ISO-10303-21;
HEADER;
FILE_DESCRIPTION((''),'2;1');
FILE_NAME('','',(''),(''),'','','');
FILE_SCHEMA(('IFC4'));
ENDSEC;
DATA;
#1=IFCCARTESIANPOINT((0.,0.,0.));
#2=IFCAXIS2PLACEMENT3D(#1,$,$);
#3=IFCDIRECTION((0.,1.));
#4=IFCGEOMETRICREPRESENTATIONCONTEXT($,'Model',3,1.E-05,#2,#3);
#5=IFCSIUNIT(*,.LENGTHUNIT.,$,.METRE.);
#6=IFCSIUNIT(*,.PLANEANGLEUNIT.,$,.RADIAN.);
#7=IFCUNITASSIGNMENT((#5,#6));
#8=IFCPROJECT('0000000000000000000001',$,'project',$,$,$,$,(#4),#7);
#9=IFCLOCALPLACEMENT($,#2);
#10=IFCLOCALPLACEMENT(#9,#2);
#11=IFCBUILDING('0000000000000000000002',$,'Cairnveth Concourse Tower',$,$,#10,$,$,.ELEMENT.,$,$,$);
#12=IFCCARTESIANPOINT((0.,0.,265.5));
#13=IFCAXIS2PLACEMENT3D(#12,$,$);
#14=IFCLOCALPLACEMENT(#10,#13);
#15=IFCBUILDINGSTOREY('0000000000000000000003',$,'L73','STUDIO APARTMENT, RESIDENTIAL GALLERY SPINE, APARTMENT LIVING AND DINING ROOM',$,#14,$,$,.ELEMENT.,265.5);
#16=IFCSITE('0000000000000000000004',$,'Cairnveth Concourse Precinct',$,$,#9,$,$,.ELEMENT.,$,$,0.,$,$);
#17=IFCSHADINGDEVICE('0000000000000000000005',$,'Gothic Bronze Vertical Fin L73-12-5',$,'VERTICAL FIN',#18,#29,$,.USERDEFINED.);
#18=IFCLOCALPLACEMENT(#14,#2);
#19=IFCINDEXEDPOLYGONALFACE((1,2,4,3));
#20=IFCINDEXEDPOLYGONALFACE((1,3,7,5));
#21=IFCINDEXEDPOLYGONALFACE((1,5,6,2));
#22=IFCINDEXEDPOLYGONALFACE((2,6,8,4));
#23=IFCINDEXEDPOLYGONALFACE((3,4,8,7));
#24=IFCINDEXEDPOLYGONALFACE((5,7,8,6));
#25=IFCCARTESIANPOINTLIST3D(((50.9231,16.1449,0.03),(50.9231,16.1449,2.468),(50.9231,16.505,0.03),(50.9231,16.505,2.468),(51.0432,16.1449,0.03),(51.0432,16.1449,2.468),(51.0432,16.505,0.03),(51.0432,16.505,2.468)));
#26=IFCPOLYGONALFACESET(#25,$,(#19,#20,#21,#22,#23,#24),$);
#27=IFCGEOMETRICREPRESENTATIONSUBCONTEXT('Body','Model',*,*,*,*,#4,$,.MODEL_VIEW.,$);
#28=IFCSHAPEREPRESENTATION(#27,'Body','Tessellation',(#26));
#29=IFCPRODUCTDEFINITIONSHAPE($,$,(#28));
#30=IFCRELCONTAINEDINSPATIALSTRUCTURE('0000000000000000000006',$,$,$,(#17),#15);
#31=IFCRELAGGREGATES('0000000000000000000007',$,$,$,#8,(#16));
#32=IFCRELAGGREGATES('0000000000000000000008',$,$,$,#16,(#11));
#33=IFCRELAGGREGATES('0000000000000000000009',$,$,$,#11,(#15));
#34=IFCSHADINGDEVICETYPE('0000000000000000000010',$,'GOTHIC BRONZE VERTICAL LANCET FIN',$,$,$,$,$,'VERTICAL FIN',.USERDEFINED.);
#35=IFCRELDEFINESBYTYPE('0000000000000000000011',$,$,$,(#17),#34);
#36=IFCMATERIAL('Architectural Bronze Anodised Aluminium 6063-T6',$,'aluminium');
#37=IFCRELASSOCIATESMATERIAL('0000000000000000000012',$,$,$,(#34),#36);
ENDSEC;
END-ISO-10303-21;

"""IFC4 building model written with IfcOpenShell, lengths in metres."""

from ifc_helpers import new_model, si_unit, direction, frame, origin, origin_2d, place, context, subcontext, project, spatial, rectangle, extrude, material, type_object, element, save


model = new_model("IFC4")

# Units and contexts
model_context = context("Model", 3, precision=1e-05, world=origin(), true_north=direction((0.0, 1.0)))
body_context = subcontext(model_context, "Body", "Model", "MODEL_VIEW")
ifc_project = project(units=[si_unit("LENGTHUNIT", "METRE"), si_unit("PLANEANGLEUNIT", "RADIAN")], contexts=[model_context])

# Site, building, storey
site_placement = place(None, origin())
site = spatial("IfcSite", under=ifc_project, at=site_placement, Name="Cairnveth Concourse Precinct", CompositionType="ELEMENT", RefElevation=0.0)
building_placement = place(site_placement, origin())
building = spatial("IfcBuilding", under=site, at=building_placement, Name="Cairnveth Concourse Tower", CompositionType="ELEMENT")
storey_placement = place(building_placement, frame((0.0, 0.0, 265.5)))
storey = spatial("IfcBuildingStorey", under=building, at=storey_placement, Name="L73", Description="STUDIO APARTMENT, RESIDENTIAL GALLERY SPINE, APARTMENT LIVING AND DINING ROOM", CompositionType="ELEMENT", Elevation=265.5)

# Shading device
ifc_material_1 = material(Name="Architectural Bronze Anodised Aluminium 6063-T6", Category="aluminium")
shading_device_type = type_object("IfcShadingDeviceType", Name="GOTHIC BRONZE VERTICAL LANCET FIN", ElementType="VERTICAL FIN", PredefinedType="USERDEFINED", material=ifc_material_1)
shading_device_placement = place(storey_placement, frame((50.9832, 16.325, 0.03), z_axis=(0.0, 0.0, 1.0), x_axis=(1.0, 0.0, 0.0)))
element("IfcShadingDevice", 1, at=shading_device_placement, inside=storey, type_object=shading_device_type, Name="Gothic Bronze Vertical Fin L73-12-5", ObjectType="VERTICAL FIN", PredefinedType="USERDEFINED", context=body_context, shape_type="SweptSolid", body=[
    extrude(rectangle(XDim=0.1201, YDim=0.3601, at=origin_2d()), origin(), (0.0, 0.0, 1.0), 2.438),
])

save(model, "model.ifc")
